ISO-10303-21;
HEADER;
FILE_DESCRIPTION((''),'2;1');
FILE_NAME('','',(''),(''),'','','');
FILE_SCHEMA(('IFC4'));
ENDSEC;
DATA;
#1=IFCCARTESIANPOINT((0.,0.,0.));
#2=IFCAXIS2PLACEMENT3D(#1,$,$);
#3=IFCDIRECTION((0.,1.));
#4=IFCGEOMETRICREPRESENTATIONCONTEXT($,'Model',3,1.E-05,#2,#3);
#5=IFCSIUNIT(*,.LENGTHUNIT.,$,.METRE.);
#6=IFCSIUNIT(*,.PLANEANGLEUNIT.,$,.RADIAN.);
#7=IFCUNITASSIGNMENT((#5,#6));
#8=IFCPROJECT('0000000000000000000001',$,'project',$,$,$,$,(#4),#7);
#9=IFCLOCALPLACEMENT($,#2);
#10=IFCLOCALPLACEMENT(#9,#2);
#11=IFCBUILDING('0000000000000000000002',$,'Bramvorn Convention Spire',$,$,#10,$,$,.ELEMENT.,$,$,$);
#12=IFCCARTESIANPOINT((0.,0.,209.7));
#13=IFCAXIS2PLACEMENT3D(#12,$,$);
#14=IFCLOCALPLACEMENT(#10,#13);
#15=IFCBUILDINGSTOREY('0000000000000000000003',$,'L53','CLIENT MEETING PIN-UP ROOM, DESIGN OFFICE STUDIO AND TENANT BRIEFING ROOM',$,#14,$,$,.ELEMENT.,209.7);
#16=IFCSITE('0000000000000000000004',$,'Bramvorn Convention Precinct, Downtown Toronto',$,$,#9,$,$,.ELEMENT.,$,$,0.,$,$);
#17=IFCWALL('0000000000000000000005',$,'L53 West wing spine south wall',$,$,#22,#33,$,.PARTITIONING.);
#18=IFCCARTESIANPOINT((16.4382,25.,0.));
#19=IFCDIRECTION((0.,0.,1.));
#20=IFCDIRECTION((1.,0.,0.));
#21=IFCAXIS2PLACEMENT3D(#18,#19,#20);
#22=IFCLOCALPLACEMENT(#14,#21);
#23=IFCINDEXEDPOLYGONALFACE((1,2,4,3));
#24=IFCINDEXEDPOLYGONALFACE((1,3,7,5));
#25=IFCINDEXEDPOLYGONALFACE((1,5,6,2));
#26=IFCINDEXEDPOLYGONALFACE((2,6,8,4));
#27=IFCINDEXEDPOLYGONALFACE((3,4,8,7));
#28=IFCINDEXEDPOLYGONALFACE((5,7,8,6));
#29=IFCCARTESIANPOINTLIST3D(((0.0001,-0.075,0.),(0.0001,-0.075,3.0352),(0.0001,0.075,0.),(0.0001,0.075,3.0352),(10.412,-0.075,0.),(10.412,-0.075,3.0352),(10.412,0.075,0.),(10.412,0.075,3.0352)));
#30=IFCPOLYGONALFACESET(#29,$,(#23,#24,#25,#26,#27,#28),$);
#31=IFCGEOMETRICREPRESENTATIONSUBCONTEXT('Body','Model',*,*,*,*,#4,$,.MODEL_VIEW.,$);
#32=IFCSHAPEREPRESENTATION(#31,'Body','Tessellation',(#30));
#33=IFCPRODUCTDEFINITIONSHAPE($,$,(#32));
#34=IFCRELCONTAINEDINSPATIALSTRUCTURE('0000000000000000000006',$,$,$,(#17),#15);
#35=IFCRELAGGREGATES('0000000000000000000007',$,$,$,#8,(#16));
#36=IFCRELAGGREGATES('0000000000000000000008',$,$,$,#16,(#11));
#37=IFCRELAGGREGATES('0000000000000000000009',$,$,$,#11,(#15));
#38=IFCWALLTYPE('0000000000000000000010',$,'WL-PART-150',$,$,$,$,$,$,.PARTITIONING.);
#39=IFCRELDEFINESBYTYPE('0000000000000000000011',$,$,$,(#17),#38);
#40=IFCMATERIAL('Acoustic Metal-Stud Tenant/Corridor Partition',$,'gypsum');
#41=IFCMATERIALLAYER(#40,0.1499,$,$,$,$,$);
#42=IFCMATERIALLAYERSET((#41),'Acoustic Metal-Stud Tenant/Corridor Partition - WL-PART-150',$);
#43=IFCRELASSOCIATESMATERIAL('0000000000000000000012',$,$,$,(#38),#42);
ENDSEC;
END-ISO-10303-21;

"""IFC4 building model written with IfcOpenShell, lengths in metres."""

from ifc_helpers import new_model, si_unit, direction, frame, frame_2d, origin, place, context, subcontext, project, spatial, rectangle, extrude, material, layer, layer_set, type_object, element, save


model = new_model("IFC4")

# Units and contexts
model_context = context("Model", 3, precision=1e-05, world=origin(), true_north=direction((0.0, 1.0)))
body_context = subcontext(model_context, "Body", "Model", "MODEL_VIEW")
ifc_project = project(units=[si_unit("LENGTHUNIT", "METRE"), si_unit("PLANEANGLEUNIT", "RADIAN")], contexts=[model_context])

# Site, building, storey
site_placement = place(None, origin())
site = spatial("IfcSite", under=ifc_project, at=site_placement, Name="Bramvorn Convention Precinct, Downtown Toronto", CompositionType="ELEMENT", RefElevation=0.0)
building_placement = place(site_placement, origin())
building = spatial("IfcBuilding", under=site, at=building_placement, Name="Bramvorn Convention Spire", CompositionType="ELEMENT")
storey_placement = place(building_placement, frame((0.0, 0.0, 209.7)))
storey = spatial("IfcBuildingStorey", under=building, at=storey_placement, Name="L53", Description="CLIENT MEETING PIN-UP ROOM, DESIGN OFFICE STUDIO AND TENANT BRIEFING ROOM", CompositionType="ELEMENT", Elevation=209.7)

# Wall
ifc_material_1 = material(Name="Acoustic Metal-Stud Tenant/Corridor Partition", Category="gypsum")
ifc_layer_1 = layer(ifc_material_1, 0.1499)
ifc_layer_set_1 = layer_set([ifc_layer_1], Name="Acoustic Metal-Stud Tenant/Corridor Partition - WL-PART-150")
wall_type_1 = type_object("IfcWallType", Name="WL-PART-150", PredefinedType="PARTITIONING", material=ifc_layer_set_1)
wall_1_placement = place(storey_placement, frame((16.4382, 25.0, 0.0), z_axis=(0.0, 0.0, 1.0), x_axis=(1.0, 0.0, 0.0)))
element("IfcWall", 1, at=wall_1_placement, inside=storey, type_object=wall_type_1, Name="L53 West wing spine south wall", PredefinedType="PARTITIONING", context=body_context, shape_type="SweptSolid", body=[
    extrude(rectangle(XDim=10.4119, YDim=0.1499, at=frame_2d((5.2061, 0.0))), origin(), (0.0, 0.0, 1.0), 3.0352),
])

save(model, "model.ifc")
